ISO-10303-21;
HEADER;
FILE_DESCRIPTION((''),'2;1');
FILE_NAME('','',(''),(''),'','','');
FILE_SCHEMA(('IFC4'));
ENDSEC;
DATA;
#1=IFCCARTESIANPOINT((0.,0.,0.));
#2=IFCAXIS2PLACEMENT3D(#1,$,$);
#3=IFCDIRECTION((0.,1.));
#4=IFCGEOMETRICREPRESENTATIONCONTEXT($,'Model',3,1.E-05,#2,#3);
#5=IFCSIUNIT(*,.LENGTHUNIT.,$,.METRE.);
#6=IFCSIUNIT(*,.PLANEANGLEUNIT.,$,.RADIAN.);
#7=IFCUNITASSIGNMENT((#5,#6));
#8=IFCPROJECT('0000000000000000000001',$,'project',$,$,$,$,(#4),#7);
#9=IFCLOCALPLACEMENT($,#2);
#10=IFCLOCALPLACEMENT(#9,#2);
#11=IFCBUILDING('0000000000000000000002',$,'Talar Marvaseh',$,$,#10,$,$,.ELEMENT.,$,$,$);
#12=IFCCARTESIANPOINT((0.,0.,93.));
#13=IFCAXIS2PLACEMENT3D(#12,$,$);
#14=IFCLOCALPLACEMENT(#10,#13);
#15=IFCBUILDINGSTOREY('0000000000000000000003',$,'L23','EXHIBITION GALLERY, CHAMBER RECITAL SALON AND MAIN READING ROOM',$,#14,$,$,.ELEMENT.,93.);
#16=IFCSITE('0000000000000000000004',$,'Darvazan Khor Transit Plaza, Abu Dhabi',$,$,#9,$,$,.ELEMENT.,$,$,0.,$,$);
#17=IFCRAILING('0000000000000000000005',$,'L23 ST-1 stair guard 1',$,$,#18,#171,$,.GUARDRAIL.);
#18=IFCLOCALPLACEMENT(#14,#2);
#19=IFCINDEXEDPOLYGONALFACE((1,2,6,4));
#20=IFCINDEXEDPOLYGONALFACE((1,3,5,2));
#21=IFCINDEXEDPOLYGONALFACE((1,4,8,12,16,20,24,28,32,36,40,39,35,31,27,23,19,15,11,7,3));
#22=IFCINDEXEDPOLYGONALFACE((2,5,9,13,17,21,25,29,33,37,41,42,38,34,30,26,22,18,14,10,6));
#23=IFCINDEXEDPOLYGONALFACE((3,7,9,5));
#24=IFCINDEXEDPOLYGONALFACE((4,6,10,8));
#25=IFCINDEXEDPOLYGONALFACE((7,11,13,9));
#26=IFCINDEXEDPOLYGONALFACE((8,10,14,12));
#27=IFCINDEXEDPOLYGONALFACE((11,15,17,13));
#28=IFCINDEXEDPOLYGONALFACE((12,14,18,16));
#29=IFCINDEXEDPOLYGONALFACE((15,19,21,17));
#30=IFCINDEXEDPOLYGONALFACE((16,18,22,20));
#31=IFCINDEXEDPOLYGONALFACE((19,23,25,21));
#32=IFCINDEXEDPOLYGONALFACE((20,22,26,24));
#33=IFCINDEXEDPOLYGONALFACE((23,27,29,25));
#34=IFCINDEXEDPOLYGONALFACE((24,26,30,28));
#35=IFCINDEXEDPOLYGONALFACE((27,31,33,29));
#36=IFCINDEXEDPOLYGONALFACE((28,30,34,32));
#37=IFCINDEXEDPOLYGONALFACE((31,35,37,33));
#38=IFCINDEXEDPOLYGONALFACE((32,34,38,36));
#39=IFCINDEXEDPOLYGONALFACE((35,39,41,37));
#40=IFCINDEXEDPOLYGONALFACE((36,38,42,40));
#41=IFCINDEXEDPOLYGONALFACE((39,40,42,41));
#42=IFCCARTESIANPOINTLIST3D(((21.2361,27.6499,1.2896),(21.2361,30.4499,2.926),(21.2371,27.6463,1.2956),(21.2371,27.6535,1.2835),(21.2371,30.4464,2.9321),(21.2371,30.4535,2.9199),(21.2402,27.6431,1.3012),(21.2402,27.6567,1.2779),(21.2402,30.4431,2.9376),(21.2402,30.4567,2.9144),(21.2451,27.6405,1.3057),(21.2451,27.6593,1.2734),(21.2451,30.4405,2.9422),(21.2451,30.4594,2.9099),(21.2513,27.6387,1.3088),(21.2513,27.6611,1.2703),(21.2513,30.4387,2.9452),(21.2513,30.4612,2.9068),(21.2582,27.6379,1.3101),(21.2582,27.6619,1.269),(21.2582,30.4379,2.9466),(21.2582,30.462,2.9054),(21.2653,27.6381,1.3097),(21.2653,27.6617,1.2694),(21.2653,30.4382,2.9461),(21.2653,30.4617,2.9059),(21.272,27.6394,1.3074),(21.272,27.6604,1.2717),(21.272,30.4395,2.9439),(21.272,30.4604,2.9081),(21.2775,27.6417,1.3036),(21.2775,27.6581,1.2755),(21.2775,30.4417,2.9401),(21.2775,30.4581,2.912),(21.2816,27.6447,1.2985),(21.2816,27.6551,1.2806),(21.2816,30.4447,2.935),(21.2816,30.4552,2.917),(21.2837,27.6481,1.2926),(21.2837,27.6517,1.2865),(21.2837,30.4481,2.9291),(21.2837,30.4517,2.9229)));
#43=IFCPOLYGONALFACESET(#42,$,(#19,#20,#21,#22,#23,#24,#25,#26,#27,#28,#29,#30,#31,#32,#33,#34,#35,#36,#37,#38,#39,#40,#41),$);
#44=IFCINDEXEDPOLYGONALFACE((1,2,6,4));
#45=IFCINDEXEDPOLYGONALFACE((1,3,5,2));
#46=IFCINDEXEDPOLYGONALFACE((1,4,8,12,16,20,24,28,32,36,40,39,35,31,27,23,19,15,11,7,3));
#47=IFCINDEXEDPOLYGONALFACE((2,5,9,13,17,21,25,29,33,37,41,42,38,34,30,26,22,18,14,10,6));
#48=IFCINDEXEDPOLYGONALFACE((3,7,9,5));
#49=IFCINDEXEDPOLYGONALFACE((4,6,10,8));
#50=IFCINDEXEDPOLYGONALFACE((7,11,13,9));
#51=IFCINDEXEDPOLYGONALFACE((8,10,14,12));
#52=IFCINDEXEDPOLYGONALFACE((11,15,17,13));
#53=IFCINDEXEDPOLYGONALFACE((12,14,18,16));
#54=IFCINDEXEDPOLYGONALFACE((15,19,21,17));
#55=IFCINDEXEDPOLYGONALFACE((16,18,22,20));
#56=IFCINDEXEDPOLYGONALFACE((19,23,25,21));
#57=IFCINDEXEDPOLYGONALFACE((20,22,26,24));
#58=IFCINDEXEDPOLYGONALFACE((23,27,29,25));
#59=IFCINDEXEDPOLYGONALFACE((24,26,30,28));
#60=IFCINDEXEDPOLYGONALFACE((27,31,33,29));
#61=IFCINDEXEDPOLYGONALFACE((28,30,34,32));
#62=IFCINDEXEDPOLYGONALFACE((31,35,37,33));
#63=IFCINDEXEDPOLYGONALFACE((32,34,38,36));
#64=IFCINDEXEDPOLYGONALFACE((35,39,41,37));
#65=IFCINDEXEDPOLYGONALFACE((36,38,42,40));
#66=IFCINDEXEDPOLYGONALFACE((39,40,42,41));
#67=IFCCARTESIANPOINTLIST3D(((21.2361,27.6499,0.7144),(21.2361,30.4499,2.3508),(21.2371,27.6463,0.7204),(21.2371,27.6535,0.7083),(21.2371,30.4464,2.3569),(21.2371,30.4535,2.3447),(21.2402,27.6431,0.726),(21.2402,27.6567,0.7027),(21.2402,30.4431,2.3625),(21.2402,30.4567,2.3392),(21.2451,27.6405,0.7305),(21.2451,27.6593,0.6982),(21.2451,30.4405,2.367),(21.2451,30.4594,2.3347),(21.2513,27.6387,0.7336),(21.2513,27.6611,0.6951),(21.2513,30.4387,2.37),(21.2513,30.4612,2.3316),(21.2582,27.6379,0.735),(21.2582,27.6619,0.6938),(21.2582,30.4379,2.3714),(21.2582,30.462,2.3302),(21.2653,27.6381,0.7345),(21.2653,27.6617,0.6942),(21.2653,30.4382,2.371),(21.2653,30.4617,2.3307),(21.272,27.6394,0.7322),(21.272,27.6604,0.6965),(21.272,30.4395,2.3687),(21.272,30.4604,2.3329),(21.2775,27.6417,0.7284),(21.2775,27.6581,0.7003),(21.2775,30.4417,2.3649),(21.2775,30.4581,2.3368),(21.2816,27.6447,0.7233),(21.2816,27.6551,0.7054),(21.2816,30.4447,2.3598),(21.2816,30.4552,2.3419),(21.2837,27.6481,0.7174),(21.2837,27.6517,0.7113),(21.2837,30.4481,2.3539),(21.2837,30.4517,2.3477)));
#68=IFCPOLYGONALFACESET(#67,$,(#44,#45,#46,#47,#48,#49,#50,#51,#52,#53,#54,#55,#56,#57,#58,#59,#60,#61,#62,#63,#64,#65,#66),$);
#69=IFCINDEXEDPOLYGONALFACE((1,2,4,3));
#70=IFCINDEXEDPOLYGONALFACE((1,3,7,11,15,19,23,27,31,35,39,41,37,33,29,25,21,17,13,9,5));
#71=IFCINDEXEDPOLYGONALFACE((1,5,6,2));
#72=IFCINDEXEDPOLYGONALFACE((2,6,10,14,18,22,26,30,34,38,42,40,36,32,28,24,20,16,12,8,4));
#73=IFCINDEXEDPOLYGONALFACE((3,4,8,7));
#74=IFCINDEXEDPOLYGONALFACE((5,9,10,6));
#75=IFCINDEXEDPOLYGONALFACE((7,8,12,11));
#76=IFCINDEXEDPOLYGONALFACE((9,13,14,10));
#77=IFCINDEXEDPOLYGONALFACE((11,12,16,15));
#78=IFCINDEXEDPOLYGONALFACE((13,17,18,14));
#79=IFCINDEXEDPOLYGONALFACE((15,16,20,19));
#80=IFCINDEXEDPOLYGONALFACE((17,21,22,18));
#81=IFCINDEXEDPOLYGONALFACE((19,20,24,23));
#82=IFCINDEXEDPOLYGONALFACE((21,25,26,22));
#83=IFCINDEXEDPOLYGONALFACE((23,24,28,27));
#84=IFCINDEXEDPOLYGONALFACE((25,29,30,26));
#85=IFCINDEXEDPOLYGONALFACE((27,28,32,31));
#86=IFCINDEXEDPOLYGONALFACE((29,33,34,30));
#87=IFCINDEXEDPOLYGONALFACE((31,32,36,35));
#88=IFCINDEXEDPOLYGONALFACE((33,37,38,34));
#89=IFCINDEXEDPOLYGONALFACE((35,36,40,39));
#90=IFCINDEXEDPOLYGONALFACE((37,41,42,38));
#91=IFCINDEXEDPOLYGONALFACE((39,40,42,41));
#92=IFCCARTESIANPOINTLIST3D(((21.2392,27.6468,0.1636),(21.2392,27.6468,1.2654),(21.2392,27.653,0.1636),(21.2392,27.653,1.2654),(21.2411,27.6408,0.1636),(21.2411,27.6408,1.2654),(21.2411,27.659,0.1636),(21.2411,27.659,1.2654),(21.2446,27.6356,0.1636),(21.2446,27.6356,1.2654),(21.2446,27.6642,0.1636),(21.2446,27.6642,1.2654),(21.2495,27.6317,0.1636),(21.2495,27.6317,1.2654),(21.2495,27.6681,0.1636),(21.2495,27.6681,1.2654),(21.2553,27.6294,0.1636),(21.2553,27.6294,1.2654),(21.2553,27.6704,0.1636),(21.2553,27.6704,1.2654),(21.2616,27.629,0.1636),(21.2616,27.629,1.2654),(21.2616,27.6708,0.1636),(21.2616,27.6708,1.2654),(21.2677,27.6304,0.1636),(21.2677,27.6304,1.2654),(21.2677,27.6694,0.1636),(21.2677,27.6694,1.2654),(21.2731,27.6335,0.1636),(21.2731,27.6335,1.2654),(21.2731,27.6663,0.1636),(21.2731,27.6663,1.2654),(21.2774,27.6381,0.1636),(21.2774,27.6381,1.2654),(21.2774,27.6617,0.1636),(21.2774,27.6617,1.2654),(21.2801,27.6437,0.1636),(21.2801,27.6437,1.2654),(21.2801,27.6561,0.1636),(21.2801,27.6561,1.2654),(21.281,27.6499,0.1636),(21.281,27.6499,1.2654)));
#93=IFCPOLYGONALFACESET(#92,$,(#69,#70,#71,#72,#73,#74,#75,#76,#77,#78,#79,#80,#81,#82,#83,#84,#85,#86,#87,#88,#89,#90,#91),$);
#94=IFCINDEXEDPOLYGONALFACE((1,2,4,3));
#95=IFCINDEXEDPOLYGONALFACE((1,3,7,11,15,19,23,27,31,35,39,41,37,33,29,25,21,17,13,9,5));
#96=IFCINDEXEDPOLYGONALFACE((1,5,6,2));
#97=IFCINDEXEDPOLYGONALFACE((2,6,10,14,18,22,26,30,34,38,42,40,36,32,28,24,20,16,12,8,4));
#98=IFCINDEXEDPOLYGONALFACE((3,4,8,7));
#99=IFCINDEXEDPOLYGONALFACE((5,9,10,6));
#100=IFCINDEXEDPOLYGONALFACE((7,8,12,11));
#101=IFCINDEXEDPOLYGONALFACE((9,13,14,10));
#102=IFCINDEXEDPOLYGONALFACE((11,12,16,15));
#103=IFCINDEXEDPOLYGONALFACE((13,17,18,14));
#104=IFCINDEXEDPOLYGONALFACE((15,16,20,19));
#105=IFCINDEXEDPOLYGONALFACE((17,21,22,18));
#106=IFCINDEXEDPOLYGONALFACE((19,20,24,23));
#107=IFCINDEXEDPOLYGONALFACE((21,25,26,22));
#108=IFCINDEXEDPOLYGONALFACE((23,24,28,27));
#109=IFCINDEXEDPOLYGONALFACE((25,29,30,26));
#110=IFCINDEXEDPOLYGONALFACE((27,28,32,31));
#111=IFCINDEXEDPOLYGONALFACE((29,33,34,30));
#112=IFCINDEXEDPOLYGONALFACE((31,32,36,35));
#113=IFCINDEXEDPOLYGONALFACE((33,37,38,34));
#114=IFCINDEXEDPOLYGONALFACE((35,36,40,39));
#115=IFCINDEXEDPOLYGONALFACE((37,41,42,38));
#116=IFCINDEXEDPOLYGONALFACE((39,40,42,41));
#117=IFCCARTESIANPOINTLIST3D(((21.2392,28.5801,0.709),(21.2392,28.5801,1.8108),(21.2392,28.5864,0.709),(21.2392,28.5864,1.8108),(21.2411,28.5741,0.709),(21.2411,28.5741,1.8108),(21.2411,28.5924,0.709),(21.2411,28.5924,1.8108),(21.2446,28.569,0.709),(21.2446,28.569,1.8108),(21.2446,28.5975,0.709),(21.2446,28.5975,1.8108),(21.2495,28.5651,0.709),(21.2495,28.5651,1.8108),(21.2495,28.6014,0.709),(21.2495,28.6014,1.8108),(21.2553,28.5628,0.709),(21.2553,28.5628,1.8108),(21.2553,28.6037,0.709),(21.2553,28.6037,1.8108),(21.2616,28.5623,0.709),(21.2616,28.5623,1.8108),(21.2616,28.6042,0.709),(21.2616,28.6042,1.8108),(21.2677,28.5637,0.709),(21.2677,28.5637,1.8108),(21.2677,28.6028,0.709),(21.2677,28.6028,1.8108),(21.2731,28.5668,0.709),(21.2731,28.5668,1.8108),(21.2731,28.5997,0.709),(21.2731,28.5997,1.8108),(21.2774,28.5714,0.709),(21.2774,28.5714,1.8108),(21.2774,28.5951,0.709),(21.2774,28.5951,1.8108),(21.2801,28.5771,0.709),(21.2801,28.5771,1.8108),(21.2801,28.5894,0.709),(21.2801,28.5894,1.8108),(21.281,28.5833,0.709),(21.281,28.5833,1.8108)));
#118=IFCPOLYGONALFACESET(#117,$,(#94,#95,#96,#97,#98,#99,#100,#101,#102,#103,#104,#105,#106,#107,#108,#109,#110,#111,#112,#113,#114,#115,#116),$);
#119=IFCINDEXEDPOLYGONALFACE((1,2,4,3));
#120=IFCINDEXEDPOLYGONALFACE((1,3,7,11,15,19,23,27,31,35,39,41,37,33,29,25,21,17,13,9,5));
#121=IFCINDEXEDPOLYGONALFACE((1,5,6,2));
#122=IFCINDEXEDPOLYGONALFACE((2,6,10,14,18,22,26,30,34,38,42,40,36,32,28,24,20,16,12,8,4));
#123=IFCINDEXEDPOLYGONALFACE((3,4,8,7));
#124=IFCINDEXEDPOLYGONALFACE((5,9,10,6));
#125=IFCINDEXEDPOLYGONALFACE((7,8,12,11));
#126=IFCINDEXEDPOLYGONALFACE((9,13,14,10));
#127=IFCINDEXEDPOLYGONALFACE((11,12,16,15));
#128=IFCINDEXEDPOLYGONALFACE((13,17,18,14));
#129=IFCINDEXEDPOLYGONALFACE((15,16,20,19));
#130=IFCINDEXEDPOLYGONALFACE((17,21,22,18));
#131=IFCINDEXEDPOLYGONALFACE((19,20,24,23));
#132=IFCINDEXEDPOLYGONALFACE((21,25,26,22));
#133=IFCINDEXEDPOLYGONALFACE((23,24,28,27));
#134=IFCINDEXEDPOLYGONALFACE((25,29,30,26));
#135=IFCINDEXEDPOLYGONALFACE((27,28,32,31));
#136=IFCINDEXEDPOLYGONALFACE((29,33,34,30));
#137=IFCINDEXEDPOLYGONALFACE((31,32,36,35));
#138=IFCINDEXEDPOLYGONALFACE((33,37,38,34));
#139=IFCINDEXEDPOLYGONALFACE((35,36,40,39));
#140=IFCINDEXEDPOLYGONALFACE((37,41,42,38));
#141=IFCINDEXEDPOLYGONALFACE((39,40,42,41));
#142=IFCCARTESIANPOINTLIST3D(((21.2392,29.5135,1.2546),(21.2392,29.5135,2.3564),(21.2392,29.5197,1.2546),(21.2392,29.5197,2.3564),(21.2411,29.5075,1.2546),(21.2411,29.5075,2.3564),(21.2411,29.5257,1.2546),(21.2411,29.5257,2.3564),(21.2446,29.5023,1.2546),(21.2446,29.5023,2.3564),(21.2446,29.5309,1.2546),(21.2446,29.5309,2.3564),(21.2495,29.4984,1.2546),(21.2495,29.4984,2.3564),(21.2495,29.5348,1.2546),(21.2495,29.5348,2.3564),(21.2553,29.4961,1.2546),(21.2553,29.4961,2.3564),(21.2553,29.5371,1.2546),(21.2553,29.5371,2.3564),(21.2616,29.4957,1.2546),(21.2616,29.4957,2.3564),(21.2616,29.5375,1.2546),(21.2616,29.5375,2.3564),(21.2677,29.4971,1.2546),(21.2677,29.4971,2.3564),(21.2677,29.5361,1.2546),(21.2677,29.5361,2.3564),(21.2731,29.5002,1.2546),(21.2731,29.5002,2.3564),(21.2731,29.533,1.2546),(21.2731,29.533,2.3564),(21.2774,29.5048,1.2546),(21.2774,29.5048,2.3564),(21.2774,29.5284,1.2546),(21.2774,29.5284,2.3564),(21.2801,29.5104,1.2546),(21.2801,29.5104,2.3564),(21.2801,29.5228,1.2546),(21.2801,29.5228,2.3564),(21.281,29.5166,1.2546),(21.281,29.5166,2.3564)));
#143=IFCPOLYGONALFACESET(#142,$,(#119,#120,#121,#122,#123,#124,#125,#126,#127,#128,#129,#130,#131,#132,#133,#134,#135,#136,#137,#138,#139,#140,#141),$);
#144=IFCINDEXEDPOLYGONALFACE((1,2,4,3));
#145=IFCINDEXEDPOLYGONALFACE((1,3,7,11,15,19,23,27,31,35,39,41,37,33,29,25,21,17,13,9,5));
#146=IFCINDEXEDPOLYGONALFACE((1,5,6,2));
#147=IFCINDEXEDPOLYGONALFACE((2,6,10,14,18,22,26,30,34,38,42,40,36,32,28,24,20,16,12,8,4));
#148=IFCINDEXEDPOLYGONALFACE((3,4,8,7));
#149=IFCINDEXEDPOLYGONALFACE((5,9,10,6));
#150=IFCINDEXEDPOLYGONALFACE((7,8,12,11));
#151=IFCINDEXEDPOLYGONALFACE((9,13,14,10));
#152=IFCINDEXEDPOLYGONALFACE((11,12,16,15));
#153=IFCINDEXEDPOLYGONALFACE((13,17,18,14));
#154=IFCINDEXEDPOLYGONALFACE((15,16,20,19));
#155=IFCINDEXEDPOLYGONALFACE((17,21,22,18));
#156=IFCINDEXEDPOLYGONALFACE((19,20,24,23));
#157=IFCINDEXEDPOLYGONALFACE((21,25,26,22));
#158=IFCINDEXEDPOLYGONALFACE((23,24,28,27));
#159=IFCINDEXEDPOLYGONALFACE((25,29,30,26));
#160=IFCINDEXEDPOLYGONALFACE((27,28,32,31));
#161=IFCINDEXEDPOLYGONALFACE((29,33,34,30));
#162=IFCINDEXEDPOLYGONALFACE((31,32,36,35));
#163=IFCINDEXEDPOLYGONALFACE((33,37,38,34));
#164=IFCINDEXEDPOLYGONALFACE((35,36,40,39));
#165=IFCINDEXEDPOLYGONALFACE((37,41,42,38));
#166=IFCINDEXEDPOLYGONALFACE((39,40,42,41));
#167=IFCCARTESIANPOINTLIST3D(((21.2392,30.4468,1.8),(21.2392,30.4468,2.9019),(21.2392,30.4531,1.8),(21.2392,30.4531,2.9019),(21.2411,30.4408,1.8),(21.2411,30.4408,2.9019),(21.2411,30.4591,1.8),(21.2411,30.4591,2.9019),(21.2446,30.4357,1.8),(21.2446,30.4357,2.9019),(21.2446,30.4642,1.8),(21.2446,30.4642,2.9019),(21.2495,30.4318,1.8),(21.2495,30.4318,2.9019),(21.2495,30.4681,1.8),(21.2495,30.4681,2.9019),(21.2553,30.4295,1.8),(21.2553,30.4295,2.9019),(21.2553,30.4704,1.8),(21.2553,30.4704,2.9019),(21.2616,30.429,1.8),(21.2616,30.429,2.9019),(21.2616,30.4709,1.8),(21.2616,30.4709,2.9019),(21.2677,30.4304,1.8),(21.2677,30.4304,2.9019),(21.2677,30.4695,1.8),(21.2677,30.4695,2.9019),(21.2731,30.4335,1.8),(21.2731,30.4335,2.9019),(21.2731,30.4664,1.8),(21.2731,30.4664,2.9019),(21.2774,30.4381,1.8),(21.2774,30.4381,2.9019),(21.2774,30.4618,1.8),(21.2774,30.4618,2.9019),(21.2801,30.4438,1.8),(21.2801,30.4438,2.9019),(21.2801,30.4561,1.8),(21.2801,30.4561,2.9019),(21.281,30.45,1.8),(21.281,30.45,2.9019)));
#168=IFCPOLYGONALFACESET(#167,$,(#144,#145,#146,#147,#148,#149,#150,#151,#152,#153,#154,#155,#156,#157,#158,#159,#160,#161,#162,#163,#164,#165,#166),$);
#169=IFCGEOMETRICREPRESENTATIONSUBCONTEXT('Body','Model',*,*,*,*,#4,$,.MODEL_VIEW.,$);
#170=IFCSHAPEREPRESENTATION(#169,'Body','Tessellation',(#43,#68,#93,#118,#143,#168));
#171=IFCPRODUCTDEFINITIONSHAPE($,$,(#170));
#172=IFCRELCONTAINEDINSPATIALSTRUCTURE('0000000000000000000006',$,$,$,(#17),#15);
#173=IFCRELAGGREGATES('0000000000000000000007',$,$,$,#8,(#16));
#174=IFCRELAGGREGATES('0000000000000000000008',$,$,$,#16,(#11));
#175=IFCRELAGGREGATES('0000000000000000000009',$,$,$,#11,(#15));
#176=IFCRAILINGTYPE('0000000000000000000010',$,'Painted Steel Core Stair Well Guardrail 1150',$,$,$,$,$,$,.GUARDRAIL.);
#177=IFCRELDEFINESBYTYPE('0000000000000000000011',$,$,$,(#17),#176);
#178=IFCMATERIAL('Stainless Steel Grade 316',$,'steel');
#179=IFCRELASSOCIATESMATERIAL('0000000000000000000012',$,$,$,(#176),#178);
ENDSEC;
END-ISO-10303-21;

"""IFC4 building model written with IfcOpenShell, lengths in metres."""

from ifc_helpers import new_model, si_unit, direction, frame, origin, origin_2d, place, context, subcontext, project, spatial, circle, extrude, material, type_object, element, save


model = new_model("IFC4")

# Units and contexts
model_context = context("Model", 3, precision=1e-05, world=origin(), true_north=direction((0.0, 1.0)))
body_context = subcontext(model_context, "Body", "Model", "MODEL_VIEW")
ifc_project = project(units=[si_unit("LENGTHUNIT", "METRE"), si_unit("PLANEANGLEUNIT", "RADIAN")], contexts=[model_context])

# Site, building, storey
site_placement = place(None, origin())
site = spatial("IfcSite", under=ifc_project, at=site_placement, Name="Darvazan Khor Transit Plaza, Abu Dhabi", CompositionType="ELEMENT", RefElevation=0.0)
building_placement = place(site_placement, origin())
building = spatial("IfcBuilding", under=site, at=building_placement, Name="Talar Marvaseh", CompositionType="ELEMENT")
storey_placement = place(building_placement, frame((0.0, 0.0, 93.0)))
storey = spatial("IfcBuildingStorey", under=building, at=storey_placement, Name="L23", Description="EXHIBITION GALLERY, CHAMBER RECITAL SALON AND MAIN READING ROOM", CompositionType="ELEMENT", Elevation=93.0)

# Railing
ifc_material_1 = material(Name="Stainless Steel Grade 316", Category="steel")
railing_type_1 = type_object("IfcRailingType", Name="Painted Steel Core Stair Well Guardrail 1150", PredefinedType="GUARDRAIL", material=ifc_material_1)
railing_1_placement = place(storey_placement, frame((21.26, 27.6499, 0.1636)))
element("IfcRailing", 1, at=railing_1_placement, inside=storey, type_object=railing_type_1, Name="L23 ST-1 stair guard 1", PredefinedType="GUARDRAIL", context=body_context, shape_type="SweptSolid", body=[
    extrude(circle(Radius=0.0239, at=origin_2d()), frame((0.0, 0.0, 1.126), z_axis=(0.0, 0.863361, 0.504587), x_axis=(-1.0, 0.0, 0.0)), (0.0, 0.0, 1.0), 3.2432),
    extrude(circle(Radius=0.0239, at=origin_2d()), frame((0.0, 0.0, 0.5508), z_axis=(0.0, 0.863361, 0.504587), x_axis=(-1.0, 0.0, 0.0)), (0.0, 0.0, 1.0), 3.2432),
    extrude(circle(Radius=0.021, at=origin_2d()), origin(), (0.0, 0.0, 1.0), 1.1018),
    extrude(circle(Radius=0.021, at=origin_2d()), frame((0.0, 0.9333, 0.5454)), (0.0, 0.0, 1.0), 1.1018),
    extrude(circle(Radius=0.021, at=origin_2d()), frame((0.0, 1.8667, 1.0911)), (0.0, 0.0, 1.0), 1.1018),
    extrude(circle(Radius=0.021, at=origin_2d()), frame((0.0, 2.8, 1.6365)), (0.0, 0.0, 1.0), 1.1018),
])

save(model, "model.ifc")
